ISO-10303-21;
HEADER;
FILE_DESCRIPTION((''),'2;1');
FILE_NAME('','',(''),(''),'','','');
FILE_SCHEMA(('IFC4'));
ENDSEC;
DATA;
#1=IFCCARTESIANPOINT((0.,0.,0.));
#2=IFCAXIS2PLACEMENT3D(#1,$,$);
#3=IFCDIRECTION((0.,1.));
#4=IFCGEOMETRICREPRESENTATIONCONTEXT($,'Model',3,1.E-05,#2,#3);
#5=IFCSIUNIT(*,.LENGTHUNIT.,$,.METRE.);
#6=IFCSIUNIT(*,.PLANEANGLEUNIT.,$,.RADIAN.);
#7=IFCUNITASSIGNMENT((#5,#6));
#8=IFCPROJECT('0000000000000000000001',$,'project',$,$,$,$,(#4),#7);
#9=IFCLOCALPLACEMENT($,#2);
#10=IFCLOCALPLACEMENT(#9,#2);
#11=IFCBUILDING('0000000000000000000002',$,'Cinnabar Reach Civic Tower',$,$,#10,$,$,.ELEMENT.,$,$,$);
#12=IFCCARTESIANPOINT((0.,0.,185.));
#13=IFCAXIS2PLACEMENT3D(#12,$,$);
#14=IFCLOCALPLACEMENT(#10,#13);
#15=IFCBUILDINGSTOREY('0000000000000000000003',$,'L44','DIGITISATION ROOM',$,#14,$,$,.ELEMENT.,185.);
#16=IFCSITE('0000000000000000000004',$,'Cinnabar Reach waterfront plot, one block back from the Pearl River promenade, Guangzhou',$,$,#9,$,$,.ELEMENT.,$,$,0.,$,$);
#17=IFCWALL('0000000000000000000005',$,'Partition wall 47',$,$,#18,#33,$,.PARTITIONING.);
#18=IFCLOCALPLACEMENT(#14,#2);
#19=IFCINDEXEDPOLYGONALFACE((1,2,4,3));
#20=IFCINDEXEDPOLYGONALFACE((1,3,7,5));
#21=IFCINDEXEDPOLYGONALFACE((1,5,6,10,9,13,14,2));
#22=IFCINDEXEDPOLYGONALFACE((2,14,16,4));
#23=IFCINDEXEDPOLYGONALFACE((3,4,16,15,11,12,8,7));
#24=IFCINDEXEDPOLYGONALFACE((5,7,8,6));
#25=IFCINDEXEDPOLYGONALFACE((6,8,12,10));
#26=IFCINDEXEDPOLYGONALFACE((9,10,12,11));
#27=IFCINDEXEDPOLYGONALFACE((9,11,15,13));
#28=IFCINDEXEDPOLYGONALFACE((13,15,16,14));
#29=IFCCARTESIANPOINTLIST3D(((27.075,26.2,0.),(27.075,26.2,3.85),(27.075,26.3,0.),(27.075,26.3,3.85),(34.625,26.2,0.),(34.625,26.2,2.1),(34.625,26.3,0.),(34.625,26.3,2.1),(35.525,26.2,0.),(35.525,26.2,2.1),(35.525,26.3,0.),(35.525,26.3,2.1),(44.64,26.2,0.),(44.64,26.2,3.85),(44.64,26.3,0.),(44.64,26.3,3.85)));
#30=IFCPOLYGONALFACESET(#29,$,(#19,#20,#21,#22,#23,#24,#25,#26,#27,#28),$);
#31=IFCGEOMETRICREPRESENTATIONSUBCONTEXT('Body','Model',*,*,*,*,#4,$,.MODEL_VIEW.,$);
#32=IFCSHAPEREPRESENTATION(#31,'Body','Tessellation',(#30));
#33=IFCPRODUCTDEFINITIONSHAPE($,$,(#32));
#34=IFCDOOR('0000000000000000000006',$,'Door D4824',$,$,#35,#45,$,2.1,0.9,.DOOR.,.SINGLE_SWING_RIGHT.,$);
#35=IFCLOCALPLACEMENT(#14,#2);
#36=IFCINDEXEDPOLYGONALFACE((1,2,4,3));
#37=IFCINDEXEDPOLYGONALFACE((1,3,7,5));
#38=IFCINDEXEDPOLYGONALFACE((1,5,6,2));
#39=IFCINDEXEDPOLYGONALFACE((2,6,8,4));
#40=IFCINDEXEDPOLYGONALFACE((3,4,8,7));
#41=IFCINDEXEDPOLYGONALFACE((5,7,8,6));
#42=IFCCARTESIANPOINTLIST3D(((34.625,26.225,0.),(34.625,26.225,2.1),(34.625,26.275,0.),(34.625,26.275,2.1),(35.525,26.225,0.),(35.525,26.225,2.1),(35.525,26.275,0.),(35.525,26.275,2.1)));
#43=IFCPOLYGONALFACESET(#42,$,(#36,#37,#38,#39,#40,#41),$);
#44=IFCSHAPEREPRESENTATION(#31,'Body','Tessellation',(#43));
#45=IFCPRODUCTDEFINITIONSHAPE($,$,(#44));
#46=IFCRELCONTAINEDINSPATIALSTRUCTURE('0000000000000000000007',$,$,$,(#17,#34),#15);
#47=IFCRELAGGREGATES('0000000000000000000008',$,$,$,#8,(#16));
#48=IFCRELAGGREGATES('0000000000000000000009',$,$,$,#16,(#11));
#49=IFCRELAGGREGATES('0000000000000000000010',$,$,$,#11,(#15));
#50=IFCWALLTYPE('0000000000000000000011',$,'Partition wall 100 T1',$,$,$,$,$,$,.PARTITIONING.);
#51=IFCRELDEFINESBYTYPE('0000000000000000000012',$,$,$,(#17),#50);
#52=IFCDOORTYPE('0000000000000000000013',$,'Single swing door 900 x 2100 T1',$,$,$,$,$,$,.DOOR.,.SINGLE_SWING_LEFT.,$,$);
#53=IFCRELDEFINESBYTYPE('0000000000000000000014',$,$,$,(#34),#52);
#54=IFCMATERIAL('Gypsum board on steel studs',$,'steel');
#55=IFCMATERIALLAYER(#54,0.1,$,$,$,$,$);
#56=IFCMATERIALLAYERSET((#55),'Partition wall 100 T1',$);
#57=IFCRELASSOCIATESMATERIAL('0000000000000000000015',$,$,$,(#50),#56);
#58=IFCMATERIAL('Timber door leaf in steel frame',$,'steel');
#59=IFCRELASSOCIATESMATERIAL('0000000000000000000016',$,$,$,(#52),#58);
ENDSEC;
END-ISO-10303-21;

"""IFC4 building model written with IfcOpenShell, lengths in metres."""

from ifc_helpers import new_model, si_unit, direction, frame, frame_2d, origin, place, context, subcontext, project, spatial, rectangle, extrude, material, layer, layer_set, type_object, element, fill, save


model = new_model("IFC4")

# Units and contexts
model_context = context("Model", 3, precision=1e-05, world=origin(), true_north=direction((0.0, 1.0)))
body_context = subcontext(model_context, "Body", "Model", "MODEL_VIEW")
ifc_project = project(units=[si_unit("LENGTHUNIT", "METRE"), si_unit("PLANEANGLEUNIT", "RADIAN")], contexts=[model_context])

# Site, building, storey
site_placement = place(None, origin())
site = spatial("IfcSite", under=ifc_project, at=site_placement, Name="Cinnabar Reach waterfront plot, one block back from the Pearl River promenade, Guangzhou", CompositionType="ELEMENT", RefElevation=0.0)
building_placement = place(site_placement, origin())
building = spatial("IfcBuilding", under=site, at=building_placement, Name="Cinnabar Reach Civic Tower", CompositionType="ELEMENT")
storey_placement = place(building_placement, frame((0.0, 0.0, 185.0)))
storey = spatial("IfcBuildingStorey", under=building, at=storey_placement, Name="L44", Description="DIGITISATION ROOM", CompositionType="ELEMENT", Elevation=185.0)

# Shared definitions
ifc_material_1 = material(Name="Timber door leaf in steel frame", Category="steel")

# Wall, opening, door
ifc_material_2 = material(Name="Gypsum board on steel studs", Category="steel")
ifc_layer_1 = layer(ifc_material_2, 0.1)
ifc_layer_set_1 = layer_set([ifc_layer_1], Name="Partition wall 100 T1")
wall_type_1 = type_object("IfcWallType", Name="Partition wall 100 T1", PredefinedType="PARTITIONING", material=ifc_layer_set_1)
wall_1_placement = place(storey_placement, frame((27.075, 26.25, 0.0), z_axis=(0.0, 0.0, 1.0), x_axis=(1.0, 0.0, 0.0)))
wall_1 = element("IfcWall", 1, at=wall_1_placement, inside=storey, type_object=wall_type_1, Name="Partition wall 47", PredefinedType="PARTITIONING", context=body_context, shape_type="SweptSolid", body=[
    extrude(rectangle(XDim=17.565, YDim=0.1, at=frame_2d((8.7825, 0.0))), origin(), (0.0, 0.0, 1.0), 3.85),
])
opening_1_placement = place(wall_1_placement, frame((7.55, 0.0, 0.0)))
opening_1 = element("IfcOpeningElement", 2, at=opening_1_placement, cuts=wall_1, PredefinedType="OPENING", context=body_context, shape_type="SweptSolid", body=[
    extrude(rectangle(XDim=0.9, YDim=2.1, at=frame_2d((0.45, 1.05))), frame((0.0, 0.06, 0.0), z_axis=(0.0, -1.0, 0.0), x_axis=(1.0, 0.0, 0.0)), (0.0, 0.0, 1.0), 0.12),
])
door_type_1 = type_object("IfcDoorType", Name="Single swing door 900 x 2100 T1", OperationType="SINGLE_SWING_LEFT", PredefinedType="DOOR", material=ifc_material_1)
door_1_placement = place(opening_1_placement, origin())
door_1 = element("IfcDoor", 3, at=door_1_placement, inside=storey, type_object=door_type_1, Name="Door D4824", OperationType="SINGLE_SWING_RIGHT", OverallHeight=2.1, OverallWidth=0.9, PredefinedType="DOOR", context=body_context, shape_type="SweptSolid", body=[
    extrude(rectangle(XDim=0.9, YDim=2.1, at=frame_2d((0.45, 1.05))), frame((0.0, 0.025, 0.0), z_axis=(0.0, -1.0, 0.0), x_axis=(1.0, 0.0, 0.0)), (0.0, 0.0, 1.0), 0.05),
])
fill(opening_1, door_1)

save(model, "model.ifc")
